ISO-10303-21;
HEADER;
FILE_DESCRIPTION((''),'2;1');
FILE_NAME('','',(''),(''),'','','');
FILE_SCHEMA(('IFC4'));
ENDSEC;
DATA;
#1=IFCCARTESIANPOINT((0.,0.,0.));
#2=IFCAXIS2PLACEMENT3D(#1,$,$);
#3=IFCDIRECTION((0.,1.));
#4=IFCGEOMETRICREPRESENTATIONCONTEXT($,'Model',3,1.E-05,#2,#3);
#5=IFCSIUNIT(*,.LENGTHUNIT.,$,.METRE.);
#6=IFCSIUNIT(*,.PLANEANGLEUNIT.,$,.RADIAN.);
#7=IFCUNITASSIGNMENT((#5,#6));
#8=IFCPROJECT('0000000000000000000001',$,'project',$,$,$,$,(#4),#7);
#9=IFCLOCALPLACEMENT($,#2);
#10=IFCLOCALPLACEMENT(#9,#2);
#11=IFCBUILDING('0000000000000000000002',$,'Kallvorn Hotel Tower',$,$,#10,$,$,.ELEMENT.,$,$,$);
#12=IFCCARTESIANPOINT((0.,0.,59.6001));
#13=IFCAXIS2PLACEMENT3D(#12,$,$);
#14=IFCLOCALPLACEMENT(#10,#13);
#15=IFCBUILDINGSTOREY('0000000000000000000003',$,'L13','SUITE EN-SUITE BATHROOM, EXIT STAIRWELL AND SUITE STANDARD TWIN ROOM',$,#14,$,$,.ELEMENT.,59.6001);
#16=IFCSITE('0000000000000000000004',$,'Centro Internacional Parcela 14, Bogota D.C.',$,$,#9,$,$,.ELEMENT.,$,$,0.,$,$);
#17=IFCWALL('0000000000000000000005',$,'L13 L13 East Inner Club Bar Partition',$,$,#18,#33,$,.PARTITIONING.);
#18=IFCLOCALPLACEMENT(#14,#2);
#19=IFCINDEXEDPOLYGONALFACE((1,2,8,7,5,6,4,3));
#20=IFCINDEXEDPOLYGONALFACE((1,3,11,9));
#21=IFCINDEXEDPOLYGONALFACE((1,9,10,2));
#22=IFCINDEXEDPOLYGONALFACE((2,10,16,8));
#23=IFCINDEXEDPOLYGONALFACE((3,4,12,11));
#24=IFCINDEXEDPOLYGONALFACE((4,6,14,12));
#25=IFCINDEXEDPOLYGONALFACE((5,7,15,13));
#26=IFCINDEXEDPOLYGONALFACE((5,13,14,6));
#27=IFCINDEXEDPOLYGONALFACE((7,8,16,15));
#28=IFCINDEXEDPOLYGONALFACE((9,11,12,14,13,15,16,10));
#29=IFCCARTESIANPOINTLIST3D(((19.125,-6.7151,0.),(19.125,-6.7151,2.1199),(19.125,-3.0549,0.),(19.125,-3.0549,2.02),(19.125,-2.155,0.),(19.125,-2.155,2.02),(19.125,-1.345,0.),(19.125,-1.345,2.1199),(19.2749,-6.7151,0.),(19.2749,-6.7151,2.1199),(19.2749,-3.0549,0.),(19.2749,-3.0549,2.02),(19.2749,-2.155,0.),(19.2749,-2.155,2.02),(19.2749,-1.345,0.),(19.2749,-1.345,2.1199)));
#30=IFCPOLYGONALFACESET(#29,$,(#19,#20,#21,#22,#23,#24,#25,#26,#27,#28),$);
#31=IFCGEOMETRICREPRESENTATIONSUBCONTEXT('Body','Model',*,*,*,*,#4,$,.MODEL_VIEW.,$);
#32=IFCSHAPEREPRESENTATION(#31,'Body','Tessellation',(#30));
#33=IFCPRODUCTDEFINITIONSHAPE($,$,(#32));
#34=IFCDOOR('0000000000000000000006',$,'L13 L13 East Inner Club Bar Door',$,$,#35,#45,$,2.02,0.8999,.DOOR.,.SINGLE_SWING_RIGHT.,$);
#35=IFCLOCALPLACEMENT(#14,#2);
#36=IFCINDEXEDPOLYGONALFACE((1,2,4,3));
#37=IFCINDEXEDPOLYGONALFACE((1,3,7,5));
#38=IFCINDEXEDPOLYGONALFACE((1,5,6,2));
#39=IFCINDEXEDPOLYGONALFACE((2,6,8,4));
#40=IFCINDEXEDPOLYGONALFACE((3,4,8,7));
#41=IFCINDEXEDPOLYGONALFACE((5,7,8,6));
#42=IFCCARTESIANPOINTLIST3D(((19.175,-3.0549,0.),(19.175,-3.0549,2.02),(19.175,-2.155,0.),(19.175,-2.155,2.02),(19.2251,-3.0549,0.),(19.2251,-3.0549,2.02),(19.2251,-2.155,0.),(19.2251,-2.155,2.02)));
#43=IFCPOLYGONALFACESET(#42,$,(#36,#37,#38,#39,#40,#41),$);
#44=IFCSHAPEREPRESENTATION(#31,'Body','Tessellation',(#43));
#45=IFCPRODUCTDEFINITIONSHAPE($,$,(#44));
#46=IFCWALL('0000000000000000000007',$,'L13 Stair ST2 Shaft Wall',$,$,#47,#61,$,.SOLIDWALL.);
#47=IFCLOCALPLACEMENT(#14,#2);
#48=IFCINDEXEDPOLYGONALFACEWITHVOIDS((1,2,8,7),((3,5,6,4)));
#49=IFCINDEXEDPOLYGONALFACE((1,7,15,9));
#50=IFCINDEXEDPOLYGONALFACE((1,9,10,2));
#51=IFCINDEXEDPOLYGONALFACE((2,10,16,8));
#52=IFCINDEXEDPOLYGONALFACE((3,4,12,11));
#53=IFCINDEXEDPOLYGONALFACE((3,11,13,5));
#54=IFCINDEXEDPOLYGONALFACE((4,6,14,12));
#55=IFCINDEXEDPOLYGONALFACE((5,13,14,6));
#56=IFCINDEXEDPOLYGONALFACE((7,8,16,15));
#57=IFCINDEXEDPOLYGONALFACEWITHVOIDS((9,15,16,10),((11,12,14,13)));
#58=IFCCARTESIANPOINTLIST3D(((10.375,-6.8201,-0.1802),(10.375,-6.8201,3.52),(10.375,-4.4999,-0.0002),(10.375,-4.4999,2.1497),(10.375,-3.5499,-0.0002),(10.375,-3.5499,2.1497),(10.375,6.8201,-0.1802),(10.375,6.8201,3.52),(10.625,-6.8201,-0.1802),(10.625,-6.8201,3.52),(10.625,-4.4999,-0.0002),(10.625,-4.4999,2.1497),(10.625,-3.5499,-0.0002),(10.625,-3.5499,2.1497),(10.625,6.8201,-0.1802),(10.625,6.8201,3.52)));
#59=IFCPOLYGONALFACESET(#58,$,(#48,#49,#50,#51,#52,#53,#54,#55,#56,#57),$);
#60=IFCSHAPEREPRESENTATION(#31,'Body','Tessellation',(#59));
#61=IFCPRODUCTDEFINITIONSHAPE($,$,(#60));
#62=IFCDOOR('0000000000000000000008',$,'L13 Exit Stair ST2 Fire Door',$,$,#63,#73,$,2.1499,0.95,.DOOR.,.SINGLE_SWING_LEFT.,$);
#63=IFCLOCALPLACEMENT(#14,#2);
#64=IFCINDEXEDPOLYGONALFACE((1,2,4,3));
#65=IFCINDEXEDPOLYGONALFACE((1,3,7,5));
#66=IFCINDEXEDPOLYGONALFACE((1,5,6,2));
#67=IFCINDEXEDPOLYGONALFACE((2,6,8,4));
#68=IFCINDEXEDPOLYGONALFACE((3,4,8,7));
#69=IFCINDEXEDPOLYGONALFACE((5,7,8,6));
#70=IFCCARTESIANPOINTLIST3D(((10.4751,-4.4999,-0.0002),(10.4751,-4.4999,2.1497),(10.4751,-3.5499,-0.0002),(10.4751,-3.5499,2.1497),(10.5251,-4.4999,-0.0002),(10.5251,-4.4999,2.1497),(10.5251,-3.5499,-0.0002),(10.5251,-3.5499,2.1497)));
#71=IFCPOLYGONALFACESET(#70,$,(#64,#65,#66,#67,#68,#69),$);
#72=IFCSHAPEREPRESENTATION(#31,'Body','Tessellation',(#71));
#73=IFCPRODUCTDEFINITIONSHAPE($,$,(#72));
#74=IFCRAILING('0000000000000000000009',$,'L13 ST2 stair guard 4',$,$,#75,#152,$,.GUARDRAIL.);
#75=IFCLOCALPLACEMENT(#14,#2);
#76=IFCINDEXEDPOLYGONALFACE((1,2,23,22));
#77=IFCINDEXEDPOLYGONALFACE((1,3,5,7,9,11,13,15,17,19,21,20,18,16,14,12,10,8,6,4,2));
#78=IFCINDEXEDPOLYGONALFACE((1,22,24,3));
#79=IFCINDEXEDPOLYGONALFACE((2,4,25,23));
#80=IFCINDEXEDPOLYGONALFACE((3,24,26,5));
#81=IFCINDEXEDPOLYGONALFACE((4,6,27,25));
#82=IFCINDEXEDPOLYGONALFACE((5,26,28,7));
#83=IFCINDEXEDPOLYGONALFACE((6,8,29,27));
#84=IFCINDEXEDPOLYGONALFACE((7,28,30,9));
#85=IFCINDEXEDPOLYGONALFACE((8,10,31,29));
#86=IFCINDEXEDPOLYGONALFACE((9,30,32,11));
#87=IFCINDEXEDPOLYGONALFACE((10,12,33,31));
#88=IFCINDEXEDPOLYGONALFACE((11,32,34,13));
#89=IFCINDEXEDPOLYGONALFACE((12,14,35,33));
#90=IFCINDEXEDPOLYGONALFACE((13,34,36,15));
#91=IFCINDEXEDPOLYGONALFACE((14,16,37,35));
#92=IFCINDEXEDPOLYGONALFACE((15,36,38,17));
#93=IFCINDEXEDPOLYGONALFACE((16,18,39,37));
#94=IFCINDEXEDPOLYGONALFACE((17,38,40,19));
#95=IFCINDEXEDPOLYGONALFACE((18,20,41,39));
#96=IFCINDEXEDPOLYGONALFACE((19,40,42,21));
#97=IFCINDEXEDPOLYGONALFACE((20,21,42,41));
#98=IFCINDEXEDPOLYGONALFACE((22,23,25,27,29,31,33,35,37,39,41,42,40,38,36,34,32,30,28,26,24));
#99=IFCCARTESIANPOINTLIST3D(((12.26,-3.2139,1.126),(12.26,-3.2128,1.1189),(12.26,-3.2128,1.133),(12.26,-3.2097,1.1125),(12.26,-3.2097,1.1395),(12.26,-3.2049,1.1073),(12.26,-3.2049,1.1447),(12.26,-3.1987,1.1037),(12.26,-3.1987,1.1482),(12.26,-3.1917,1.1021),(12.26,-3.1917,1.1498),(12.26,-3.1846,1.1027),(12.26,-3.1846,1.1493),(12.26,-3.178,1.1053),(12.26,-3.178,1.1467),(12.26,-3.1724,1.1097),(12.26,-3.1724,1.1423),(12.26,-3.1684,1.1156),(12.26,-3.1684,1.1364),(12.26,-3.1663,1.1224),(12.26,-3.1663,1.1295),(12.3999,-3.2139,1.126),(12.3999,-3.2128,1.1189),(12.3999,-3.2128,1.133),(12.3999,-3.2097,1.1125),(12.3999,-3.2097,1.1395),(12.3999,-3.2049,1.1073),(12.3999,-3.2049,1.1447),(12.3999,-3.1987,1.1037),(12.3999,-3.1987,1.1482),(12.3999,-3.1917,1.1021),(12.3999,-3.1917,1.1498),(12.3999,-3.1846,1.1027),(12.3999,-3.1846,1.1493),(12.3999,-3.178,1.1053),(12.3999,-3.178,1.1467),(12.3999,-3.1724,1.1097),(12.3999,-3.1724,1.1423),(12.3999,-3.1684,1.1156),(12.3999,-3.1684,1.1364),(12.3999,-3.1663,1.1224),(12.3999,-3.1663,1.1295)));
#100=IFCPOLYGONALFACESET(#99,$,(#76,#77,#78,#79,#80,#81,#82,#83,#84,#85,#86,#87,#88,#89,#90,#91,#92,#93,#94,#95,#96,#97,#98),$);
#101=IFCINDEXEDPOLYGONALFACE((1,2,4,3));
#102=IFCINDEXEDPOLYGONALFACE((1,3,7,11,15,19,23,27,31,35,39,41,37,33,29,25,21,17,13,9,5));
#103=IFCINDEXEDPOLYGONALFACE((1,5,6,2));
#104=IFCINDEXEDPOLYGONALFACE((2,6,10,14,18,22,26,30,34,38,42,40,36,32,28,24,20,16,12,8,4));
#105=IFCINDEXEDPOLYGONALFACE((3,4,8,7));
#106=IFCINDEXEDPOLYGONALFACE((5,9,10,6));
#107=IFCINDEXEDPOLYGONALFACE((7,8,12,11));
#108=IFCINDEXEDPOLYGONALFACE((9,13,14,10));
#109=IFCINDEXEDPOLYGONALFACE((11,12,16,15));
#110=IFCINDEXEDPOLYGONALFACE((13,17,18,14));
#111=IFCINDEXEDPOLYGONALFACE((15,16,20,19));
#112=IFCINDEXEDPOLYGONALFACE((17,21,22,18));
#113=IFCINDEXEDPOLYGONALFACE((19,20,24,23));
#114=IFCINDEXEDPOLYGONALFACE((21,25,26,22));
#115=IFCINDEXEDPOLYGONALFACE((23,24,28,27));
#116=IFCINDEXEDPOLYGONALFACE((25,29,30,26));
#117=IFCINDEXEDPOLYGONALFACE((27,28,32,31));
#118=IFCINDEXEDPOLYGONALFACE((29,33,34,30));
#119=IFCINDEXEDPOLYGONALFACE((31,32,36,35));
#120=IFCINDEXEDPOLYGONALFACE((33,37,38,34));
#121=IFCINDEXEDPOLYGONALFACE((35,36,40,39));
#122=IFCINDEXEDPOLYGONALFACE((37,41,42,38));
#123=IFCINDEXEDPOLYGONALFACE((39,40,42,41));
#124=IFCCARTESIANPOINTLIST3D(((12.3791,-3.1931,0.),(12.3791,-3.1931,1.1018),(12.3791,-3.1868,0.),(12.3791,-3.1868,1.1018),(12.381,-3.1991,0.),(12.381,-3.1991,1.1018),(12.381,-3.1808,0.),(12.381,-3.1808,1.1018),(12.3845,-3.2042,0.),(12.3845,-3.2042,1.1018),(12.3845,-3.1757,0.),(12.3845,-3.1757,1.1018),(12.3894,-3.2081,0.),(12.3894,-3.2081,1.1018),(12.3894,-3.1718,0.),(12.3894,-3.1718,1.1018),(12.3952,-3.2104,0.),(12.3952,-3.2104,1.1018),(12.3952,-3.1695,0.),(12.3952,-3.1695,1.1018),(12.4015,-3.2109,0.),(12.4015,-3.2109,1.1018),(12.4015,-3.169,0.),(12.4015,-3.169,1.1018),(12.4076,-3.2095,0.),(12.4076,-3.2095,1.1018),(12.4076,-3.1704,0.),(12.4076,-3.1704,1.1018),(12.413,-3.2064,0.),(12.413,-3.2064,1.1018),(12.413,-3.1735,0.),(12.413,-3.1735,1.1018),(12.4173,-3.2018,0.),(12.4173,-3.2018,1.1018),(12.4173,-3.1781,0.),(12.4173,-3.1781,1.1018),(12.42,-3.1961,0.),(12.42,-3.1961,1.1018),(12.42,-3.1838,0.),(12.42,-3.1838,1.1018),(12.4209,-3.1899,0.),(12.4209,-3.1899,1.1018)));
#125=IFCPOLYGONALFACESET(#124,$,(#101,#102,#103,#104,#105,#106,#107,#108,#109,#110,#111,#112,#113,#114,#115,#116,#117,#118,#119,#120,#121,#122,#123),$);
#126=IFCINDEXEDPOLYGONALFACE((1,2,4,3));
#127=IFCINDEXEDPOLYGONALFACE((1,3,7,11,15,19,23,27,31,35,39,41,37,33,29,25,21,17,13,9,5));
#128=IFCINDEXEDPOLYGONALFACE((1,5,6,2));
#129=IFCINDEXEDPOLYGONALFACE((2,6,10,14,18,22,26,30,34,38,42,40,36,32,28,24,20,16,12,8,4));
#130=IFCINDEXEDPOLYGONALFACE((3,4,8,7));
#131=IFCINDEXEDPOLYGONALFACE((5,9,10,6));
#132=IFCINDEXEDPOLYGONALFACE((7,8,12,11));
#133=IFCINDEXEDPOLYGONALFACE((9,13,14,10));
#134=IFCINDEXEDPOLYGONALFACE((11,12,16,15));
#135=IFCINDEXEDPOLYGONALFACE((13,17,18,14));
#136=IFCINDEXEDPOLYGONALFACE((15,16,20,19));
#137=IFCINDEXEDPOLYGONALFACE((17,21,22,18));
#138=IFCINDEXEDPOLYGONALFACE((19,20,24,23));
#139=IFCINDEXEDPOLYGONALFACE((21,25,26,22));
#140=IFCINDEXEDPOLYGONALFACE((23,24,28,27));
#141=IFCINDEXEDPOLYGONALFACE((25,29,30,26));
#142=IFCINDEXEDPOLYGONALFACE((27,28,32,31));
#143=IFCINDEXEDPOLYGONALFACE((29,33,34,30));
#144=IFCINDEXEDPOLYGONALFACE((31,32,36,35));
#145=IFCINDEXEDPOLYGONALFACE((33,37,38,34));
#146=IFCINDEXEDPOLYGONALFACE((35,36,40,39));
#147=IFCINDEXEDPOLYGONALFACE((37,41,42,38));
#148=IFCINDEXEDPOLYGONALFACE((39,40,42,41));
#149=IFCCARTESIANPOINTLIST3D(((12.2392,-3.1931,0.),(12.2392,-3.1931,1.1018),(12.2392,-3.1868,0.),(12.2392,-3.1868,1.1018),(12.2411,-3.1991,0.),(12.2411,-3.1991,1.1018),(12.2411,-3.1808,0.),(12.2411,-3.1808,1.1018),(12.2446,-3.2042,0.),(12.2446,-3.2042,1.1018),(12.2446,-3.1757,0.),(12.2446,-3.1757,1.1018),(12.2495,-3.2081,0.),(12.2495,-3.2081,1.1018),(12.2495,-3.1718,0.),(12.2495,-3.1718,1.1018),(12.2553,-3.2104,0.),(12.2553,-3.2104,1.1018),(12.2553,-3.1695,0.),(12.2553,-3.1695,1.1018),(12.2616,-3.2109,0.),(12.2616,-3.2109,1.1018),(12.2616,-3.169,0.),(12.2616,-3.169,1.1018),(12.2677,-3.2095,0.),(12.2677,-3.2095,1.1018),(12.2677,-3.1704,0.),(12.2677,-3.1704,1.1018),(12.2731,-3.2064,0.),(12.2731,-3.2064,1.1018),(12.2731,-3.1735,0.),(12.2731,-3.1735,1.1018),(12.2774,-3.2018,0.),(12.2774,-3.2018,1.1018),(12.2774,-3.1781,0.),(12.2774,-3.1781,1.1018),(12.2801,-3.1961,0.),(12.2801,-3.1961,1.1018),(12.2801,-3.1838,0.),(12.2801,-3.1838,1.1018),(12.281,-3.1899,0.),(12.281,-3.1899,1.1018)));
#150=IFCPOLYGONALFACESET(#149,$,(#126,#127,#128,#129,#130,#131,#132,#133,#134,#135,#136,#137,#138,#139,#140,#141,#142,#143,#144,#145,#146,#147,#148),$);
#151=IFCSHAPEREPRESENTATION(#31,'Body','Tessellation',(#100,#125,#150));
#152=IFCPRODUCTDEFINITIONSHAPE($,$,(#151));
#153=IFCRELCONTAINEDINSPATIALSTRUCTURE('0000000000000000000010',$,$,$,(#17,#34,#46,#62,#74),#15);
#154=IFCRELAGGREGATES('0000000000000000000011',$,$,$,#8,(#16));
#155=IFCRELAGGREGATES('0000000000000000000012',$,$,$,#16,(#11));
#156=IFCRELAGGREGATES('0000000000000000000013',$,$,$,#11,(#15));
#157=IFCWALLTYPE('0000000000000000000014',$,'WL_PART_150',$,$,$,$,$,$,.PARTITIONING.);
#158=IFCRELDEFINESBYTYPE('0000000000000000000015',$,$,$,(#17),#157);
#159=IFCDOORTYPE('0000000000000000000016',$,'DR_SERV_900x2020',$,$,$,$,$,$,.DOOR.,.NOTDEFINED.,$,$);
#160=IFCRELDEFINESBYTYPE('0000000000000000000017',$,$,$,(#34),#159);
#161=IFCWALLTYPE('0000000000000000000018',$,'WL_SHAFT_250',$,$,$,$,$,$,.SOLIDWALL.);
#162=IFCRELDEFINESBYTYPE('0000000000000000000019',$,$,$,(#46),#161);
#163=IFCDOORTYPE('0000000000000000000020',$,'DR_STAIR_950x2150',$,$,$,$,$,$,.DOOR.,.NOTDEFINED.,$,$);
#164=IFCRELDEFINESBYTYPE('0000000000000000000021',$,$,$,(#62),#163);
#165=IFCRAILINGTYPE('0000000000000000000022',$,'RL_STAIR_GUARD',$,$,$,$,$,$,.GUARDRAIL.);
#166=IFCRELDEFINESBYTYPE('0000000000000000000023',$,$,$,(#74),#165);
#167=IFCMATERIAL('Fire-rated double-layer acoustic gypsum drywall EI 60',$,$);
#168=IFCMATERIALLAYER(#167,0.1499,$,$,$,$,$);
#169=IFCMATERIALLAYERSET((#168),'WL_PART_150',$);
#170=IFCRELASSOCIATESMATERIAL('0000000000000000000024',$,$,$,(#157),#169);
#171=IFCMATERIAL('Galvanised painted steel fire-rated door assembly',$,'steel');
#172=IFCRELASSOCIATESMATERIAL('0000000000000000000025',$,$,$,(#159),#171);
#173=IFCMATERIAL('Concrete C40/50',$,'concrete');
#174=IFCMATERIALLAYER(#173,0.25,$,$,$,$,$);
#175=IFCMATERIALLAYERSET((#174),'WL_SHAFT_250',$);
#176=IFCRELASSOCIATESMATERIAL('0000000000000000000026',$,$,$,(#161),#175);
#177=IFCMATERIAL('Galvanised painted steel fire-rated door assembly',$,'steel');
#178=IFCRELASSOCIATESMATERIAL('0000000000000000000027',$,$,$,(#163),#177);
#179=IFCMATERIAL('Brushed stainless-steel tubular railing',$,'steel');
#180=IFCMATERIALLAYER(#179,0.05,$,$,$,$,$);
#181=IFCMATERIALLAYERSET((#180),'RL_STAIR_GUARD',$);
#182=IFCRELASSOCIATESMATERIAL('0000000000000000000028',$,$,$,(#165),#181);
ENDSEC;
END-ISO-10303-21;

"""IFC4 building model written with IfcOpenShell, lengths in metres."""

from ifc_helpers import new_model, si_unit, direction, frame, frame_2d, origin, origin_2d, place, context, subcontext, project, spatial, rectangle, circle, extrude, material, layer, layer_set, type_object, element, fill, save


model = new_model("IFC4")

# Units and contexts
model_context = context("Model", 3, precision=1e-05, world=origin(), true_north=direction((0.0, 1.0)))
body_context = subcontext(model_context, "Body", "Model", "MODEL_VIEW")
ifc_project = project(units=[si_unit("LENGTHUNIT", "METRE"), si_unit("PLANEANGLEUNIT", "RADIAN")], contexts=[model_context])

# Site, building, storey
site_placement = place(None, origin())
site = spatial("IfcSite", under=ifc_project, at=site_placement, Name="Centro Internacional Parcela 14, Bogota D.C.", CompositionType="ELEMENT", RefElevation=0.0)
building_placement = place(site_placement, origin())
building = spatial("IfcBuilding", under=site, at=building_placement, Name="Kallvorn Hotel Tower", CompositionType="ELEMENT")
storey_placement = place(building_placement, frame((0.0, 0.0, 59.6001)))
storey = spatial("IfcBuildingStorey", under=building, at=storey_placement, Name="L13", Description="SUITE EN-SUITE BATHROOM, EXIT STAIRWELL AND SUITE STANDARD TWIN ROOM", CompositionType="ELEMENT", Elevation=59.6001)

# Walls, openings, doors
ifc_material_1 = material(Name="Fire-rated double-layer acoustic gypsum drywall EI 60")
ifc_layer_1 = layer(ifc_material_1, 0.1499)
ifc_layer_set_1 = layer_set([ifc_layer_1], Name="WL_PART_150")
wall_type_1 = type_object("IfcWallType", Name="WL_PART_150", PredefinedType="PARTITIONING", material=ifc_layer_set_1)
wall_1_placement = place(storey_placement, frame((19.2, -6.7151, 0.0), z_axis=(0.0, 0.0, 1.0), x_axis=(0.0, 1.0, 0.0)))
wall_1 = element("IfcWall", 1, at=wall_1_placement, inside=storey, type_object=wall_type_1, Name="L13 L13 East Inner Club Bar Partition", PredefinedType="PARTITIONING", context=body_context, shape_type="SweptSolid", body=[
    extrude(rectangle(XDim=5.3701, YDim=0.1499, at=frame_2d((2.6851, 0.0))), origin(), (0.0, 0.0, 1.0), 2.1199),
])
opening_1_placement = place(wall_1_placement, frame((3.6602, 0.0, 0.0)))
opening_1 = element("IfcOpeningElement", 2, at=opening_1_placement, cuts=wall_1, PredefinedType="OPENING", context=body_context, shape_type="SweptSolid", body=[
    extrude(rectangle(XDim=0.8999, YDim=2.02, at=frame_2d((0.45, 1.01))), frame((0.0, 0.0898, 0.0), z_axis=(0.0, -1.0, 0.0), x_axis=(1.0, 0.0, 0.0)), (0.0, 0.0, 1.0), 0.1799),
])
ifc_material_2 = material(Name="Galvanised painted steel fire-rated door assembly", Category="steel")
door_type_1 = type_object("IfcDoorType", Name="DR_SERV_900x2020", OperationType="NOTDEFINED", PredefinedType="DOOR", material=ifc_material_2)
door_1_placement = place(opening_1_placement, origin())
door_1 = element("IfcDoor", 3, at=door_1_placement, inside=storey, type_object=door_type_1, Name="L13 L13 East Inner Club Bar Door", OperationType="SINGLE_SWING_RIGHT", OverallHeight=2.02, OverallWidth=0.8999, PredefinedType="DOOR", context=body_context, shape_type="SweptSolid", body=[
    extrude(rectangle(XDim=0.8999, YDim=2.02, at=frame_2d((0.45, 1.01))), frame((0.0, 0.0249, 0.0), z_axis=(0.0, -1.0, 0.0), x_axis=(1.0, 0.0, 0.0)), (0.0, 0.0, 1.0), 0.05),
])
fill(opening_1, door_1)
ifc_material_3 = material(Name="Concrete C40/50", Category="concrete")
ifc_layer_2 = layer(ifc_material_3, 0.25)
ifc_layer_set_2 = layer_set([ifc_layer_2], Name="WL_SHAFT_250")
wall_type_2 = type_object("IfcWallType", Name="WL_SHAFT_250", PredefinedType="SOLIDWALL", material=ifc_layer_set_2)
wall_2_placement = place(storey_placement, frame((10.5, -6.8201, -0.1802), z_axis=(0.0, 0.0, 1.0), x_axis=(0.0, 1.0, 0.0)))
wall_2 = element("IfcWall", 4, at=wall_2_placement, inside=storey, type_object=wall_type_2, Name="L13 Stair ST2 Shaft Wall", PredefinedType="SOLIDWALL", context=body_context, shape_type="SweptSolid", body=[
    extrude(rectangle(XDim=13.6401, YDim=0.25, at=frame_2d((6.8201, 0.0))), origin(), (0.0, 0.0, 1.0), 3.7002),
])
opening_2_placement = place(wall_2_placement, frame((2.3201, 0.0, 0.1799)))
opening_2 = element("IfcOpeningElement", 5, at=opening_2_placement, cuts=wall_2, PredefinedType="OPENING", context=body_context, shape_type="SweptSolid", body=[
    extrude(rectangle(XDim=0.95, YDim=2.1499, at=frame_2d((0.4751, 1.075))), frame((0.0, 0.1399, 0.0), z_axis=(0.0, -1.0, 0.0), x_axis=(1.0, 0.0, 0.0)), (0.0, 0.0, 1.0), 0.28),
])
ifc_material_4 = material(Name="Galvanised painted steel fire-rated door assembly", Category="steel")
door_type_2 = type_object("IfcDoorType", Name="DR_STAIR_950x2150", OperationType="NOTDEFINED", PredefinedType="DOOR", material=ifc_material_4)
door_2_placement = place(opening_2_placement, origin())
door_2 = element("IfcDoor", 6, at=door_2_placement, inside=storey, type_object=door_type_2, Name="L13 Exit Stair ST2 Fire Door", OperationType="SINGLE_SWING_LEFT", OverallHeight=2.1499, OverallWidth=0.95, PredefinedType="DOOR", context=body_context, shape_type="SweptSolid", body=[
    extrude(rectangle(XDim=0.95, YDim=2.1499, at=frame_2d((0.4751, 1.075))), frame((0.0, 0.0249, 0.0), z_axis=(0.0, -1.0, 0.0), x_axis=(1.0, 0.0, 0.0)), (0.0, 0.0, 1.0), 0.05),
])
fill(opening_2, door_2)

# Railing
ifc_material_5 = material(Name="Brushed stainless-steel tubular railing", Category="steel")
ifc_layer_3 = layer(ifc_material_5, 0.05)
ifc_layer_set_3 = layer_set([ifc_layer_3], Name="RL_STAIR_GUARD")
railing_type = type_object("IfcRailingType", Name="RL_STAIR_GUARD", PredefinedType="GUARDRAIL", material=ifc_layer_set_3)
railing_placement = place(storey_placement, frame((12.3999, -3.1899, 0.0)))
element("IfcRailing", 7, at=railing_placement, inside=storey, type_object=railing_type, Name="L13 ST2 stair guard 4", PredefinedType="GUARDRAIL", context=body_context, shape_type="SweptSolid", body=[
    extrude(circle(Radius=0.0239, at=origin_2d()), frame((0.0, 0.0, 1.126), z_axis=(-1.0, 0.0, 0.0), x_axis=(0.0, -1.0, 0.0)), (0.0, 0.0, 1.0), 0.1399),
    extrude(circle(Radius=0.021, at=origin_2d()), origin(), (0.0, 0.0, 1.0), 1.1018),
    extrude(circle(Radius=0.021, at=origin_2d()), frame((-0.1399, 0.0, 0.0)), (0.0, 0.0, 1.0), 1.1018),
])

save(model, "model.ifc")
